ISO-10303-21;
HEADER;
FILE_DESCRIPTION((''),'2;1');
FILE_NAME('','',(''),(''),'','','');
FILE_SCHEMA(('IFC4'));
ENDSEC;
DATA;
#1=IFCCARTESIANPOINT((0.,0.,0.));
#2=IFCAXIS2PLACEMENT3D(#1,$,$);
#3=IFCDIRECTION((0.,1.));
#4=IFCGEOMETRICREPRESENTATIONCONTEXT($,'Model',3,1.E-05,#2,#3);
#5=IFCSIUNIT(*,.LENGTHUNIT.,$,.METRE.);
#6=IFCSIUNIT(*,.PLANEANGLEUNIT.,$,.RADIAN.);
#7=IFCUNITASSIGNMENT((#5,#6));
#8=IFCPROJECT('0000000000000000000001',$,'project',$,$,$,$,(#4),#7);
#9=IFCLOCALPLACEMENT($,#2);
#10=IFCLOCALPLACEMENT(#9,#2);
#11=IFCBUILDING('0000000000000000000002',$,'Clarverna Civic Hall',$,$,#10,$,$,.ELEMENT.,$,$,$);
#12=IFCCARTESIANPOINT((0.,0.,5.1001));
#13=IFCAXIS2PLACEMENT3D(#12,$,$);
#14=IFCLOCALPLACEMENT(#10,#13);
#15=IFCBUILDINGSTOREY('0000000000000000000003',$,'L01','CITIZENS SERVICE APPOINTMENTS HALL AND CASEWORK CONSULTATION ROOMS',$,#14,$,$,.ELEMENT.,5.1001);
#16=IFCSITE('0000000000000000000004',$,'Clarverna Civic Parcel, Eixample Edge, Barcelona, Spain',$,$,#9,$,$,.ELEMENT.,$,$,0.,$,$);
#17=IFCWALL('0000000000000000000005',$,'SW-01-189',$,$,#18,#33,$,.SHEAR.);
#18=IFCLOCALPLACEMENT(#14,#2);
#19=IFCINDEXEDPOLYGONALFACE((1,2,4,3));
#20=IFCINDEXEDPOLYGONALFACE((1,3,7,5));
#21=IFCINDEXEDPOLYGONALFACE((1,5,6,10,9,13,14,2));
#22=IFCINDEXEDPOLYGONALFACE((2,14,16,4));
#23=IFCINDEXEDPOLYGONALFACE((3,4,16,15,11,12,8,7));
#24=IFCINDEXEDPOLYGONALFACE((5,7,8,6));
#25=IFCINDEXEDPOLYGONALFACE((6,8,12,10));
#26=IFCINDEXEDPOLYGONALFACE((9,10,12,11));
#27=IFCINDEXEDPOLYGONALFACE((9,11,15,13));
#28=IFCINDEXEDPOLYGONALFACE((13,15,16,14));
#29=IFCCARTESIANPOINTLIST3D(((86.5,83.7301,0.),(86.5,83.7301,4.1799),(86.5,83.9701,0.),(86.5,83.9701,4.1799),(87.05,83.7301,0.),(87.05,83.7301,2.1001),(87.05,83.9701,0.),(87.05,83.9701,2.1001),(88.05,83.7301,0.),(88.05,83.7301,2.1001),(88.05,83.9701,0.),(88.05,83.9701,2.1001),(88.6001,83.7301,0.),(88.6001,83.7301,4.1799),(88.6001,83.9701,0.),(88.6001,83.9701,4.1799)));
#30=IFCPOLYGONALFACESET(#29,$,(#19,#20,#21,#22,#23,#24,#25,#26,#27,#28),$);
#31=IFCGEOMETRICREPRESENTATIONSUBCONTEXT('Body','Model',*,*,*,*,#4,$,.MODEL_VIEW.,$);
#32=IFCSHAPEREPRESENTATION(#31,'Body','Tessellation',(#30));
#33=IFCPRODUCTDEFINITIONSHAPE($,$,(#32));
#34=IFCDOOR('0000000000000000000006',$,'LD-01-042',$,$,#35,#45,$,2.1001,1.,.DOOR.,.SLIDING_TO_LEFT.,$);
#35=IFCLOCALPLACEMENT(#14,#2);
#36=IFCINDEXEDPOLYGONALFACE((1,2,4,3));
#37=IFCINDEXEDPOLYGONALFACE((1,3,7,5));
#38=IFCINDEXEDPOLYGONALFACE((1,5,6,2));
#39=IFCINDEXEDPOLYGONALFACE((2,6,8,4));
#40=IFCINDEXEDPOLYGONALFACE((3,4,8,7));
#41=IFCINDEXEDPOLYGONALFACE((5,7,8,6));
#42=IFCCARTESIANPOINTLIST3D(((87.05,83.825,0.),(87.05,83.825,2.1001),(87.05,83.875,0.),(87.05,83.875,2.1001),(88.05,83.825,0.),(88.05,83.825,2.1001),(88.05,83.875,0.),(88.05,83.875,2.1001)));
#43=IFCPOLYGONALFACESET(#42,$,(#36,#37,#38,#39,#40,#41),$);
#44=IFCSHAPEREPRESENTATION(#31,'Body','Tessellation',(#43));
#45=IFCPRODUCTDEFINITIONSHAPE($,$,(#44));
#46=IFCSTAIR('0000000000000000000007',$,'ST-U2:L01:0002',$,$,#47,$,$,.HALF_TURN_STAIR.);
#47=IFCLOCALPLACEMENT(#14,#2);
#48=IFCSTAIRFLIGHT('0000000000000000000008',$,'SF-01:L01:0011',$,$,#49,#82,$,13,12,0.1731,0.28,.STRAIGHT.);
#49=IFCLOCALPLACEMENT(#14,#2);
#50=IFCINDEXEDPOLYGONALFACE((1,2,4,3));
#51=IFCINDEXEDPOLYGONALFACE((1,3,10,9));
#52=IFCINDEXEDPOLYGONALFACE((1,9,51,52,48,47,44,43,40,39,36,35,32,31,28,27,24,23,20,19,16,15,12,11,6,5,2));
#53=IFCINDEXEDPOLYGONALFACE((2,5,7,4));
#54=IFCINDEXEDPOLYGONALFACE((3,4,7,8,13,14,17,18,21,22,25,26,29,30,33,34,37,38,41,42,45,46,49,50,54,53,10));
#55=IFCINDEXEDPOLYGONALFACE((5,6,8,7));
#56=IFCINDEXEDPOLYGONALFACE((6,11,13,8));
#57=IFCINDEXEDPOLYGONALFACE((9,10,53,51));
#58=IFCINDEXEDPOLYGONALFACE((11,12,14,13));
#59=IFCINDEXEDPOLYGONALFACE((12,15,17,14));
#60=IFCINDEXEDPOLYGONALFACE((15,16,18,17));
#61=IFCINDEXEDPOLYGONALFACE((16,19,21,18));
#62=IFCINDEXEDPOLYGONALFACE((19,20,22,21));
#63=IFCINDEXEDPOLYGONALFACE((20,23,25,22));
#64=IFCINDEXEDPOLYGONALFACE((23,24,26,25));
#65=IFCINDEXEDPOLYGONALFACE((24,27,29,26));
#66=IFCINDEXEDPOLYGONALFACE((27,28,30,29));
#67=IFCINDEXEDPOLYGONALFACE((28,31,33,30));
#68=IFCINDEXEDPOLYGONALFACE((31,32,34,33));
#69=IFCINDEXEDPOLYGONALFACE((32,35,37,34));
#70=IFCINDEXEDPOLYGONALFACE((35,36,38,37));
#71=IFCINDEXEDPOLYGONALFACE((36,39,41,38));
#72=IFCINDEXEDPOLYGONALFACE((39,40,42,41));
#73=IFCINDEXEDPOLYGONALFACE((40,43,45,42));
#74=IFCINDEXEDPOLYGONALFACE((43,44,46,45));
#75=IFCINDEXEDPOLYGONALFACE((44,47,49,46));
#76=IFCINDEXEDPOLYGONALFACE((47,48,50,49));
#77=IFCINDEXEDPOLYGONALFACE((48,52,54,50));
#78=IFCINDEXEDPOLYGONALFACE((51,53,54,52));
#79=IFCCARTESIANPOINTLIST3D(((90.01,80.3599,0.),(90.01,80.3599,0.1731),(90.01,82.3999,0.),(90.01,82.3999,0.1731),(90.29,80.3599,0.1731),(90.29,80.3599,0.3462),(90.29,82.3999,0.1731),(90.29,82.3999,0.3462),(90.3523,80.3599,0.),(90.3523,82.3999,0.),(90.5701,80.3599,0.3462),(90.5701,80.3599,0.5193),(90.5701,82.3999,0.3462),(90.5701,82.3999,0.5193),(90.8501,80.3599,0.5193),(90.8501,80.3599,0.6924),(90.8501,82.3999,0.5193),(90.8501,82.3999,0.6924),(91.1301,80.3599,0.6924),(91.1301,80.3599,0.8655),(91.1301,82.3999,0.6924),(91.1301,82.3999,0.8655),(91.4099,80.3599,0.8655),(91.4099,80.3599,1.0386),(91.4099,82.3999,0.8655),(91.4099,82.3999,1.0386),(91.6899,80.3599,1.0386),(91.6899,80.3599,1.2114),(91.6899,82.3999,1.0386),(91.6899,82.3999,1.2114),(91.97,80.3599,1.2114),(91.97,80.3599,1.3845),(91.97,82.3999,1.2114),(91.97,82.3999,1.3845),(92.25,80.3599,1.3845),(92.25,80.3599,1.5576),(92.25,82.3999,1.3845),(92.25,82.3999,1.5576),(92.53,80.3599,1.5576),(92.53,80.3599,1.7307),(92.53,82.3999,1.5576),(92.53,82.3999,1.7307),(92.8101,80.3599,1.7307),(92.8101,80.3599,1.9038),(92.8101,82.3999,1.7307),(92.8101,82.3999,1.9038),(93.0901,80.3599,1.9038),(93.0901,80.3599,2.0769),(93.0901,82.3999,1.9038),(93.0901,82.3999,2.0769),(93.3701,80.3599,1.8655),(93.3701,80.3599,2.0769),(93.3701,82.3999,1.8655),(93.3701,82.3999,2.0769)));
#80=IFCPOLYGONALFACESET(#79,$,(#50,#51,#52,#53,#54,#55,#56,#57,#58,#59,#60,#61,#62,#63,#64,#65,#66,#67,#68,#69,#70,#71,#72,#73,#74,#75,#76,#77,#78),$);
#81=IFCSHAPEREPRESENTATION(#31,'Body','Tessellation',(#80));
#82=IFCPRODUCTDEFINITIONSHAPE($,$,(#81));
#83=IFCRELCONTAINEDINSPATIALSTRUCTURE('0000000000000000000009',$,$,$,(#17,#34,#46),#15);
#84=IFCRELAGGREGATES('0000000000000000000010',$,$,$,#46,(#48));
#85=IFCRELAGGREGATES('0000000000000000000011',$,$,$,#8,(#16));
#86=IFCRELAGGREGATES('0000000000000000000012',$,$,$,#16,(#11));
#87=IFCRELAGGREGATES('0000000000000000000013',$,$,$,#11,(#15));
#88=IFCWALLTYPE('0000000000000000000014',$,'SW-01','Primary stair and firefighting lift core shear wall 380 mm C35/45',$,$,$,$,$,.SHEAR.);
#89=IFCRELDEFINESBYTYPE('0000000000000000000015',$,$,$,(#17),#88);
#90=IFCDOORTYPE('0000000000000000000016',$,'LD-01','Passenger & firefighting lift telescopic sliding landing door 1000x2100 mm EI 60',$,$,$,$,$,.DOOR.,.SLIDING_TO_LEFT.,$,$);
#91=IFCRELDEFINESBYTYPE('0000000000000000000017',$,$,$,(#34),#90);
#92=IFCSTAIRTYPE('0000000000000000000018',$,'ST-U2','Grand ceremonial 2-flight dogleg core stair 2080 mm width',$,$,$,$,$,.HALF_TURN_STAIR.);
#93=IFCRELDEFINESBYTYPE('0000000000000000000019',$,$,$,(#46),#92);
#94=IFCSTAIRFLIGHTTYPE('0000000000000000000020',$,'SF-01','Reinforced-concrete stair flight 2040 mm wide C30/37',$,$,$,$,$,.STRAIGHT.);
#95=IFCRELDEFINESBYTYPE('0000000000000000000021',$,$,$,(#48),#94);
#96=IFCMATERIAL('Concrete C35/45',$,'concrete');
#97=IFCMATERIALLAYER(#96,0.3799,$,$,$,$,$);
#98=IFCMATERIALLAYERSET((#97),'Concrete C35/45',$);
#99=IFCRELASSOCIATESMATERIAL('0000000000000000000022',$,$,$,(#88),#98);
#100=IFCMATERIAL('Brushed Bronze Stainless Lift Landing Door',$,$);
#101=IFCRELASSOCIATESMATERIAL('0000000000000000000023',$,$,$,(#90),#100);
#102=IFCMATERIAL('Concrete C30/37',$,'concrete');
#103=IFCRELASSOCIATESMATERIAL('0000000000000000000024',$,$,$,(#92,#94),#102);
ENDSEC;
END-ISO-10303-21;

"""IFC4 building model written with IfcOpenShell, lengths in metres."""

from ifc_helpers import new_model, si_unit, direction, frame, frame_2d, origin, place, context, subcontext, project, spatial, polyline, rectangle, outline, extrude, material, layer, layer_set, type_object, element, fill, aggregate, save


model = new_model("IFC4")

# Units and contexts
model_context = context("Model", 3, precision=1e-05, world=origin(), true_north=direction((0.0, 1.0)))
body_context = subcontext(model_context, "Body", "Model", "MODEL_VIEW")
ifc_project = project(units=[si_unit("LENGTHUNIT", "METRE"), si_unit("PLANEANGLEUNIT", "RADIAN")], contexts=[model_context])

# Site, building, storey
site_placement = place(None, origin())
site = spatial("IfcSite", under=ifc_project, at=site_placement, Name="Clarverna Civic Parcel, Eixample Edge, Barcelona, Spain", CompositionType="ELEMENT", RefElevation=0.0)
building_placement = place(site_placement, origin())
building = spatial("IfcBuilding", under=site, at=building_placement, Name="Clarverna Civic Hall", CompositionType="ELEMENT")
storey_placement = place(building_placement, frame((0.0, 0.0, 5.1001)))
storey = spatial("IfcBuildingStorey", under=building, at=storey_placement, Name="L01", Description="CITIZENS SERVICE APPOINTMENTS HALL AND CASEWORK CONSULTATION ROOMS", CompositionType="ELEMENT", Elevation=5.1001)

# Shared definitions
ifc_material_1 = material(Name="Concrete C35/45", Category="concrete")

# Shared definitions
ifc_layer_1 = layer(ifc_material_1, 0.3799)
ifc_layer_set_1 = layer_set([ifc_layer_1], Name="Concrete C35/45")
wall_type_1 = type_object("IfcWallType", Name="SW-01", Description="Primary stair and firefighting lift core shear wall 380 mm C35/45", PredefinedType="SHEAR", material=ifc_layer_set_1)

# Wall, opening, door
ifc_material_2 = material(Name="Brushed Bronze Stainless Lift Landing Door")
door_type_1 = type_object("IfcDoorType", Name="LD-01", Description="Passenger & firefighting lift telescopic sliding landing door 1000x2100 mm EI 60", OperationType="SLIDING_TO_LEFT", PredefinedType="DOOR", material=ifc_material_2)
wall_1_placement = place(storey_placement, frame((86.5, 83.8501, 0.0), z_axis=(0.0, 0.0, 1.0), x_axis=(1.0, 0.0, 0.0)))
wall_1 = element("IfcWall", 1, at=wall_1_placement, inside=storey, type_object=wall_type_1, Name="SW-01-189", PredefinedType="SHEAR", context=body_context, shape_type="SweptSolid", body=[
    extrude(rectangle(XDim=2.1001, YDim=0.24, at=frame_2d((1.05, 0.0))), origin(), (0.0, 0.0, 1.0), 4.1799),
])
opening_1_placement = place(wall_1_placement, frame((0.55, 0.0, 0.0)))
opening_1 = element("IfcOpeningElement", 2, at=opening_1_placement, cuts=wall_1, PredefinedType="OPENING", context=body_context, shape_type="SweptSolid", body=[
    extrude(rectangle(XDim=1.0, YDim=2.1001, at=frame_2d((0.5, 1.05))), frame((0.0, 0.1299, 0.0), z_axis=(0.0, -1.0, 0.0), x_axis=(1.0, 0.0, 0.0)), (0.0, 0.0, 1.0), 0.26),
])
door_1_placement = place(opening_1_placement, origin())
door_1 = element("IfcDoor", 3, at=door_1_placement, inside=storey, type_object=door_type_1, Name="LD-01-042", OperationType="SLIDING_TO_LEFT", OverallHeight=2.1001, OverallWidth=1.0, PredefinedType="DOOR", context=body_context, shape_type="SweptSolid", body=[
    extrude(rectangle(XDim=1.0, YDim=2.1001, at=frame_2d((0.5, 1.05))), frame((0.0, 0.0249, 0.0), z_axis=(0.0, -1.0, 0.0), x_axis=(1.0, 0.0, 0.0)), (0.0, 0.0, 1.0), 0.05),
])
fill(opening_1, door_1)

# Stair, stair flight
ifc_material_3 = material(Name="Concrete C30/37", Category="concrete")
stair_type = type_object("IfcStairType", Name="ST-U2", Description="Grand ceremonial 2-flight dogleg core stair 2080 mm width", PredefinedType="HALF_TURN_STAIR", material=ifc_material_3)
stair_placement = place(storey_placement, origin())
stair = element("IfcStair", 4, at=stair_placement, inside=storey, type_object=stair_type, Name="ST-U2:L01:0002", PredefinedType="HALF_TURN_STAIR")
stair_flight_type = type_object("IfcStairFlightType", Name="SF-01", Description="Reinforced-concrete stair flight 2040 mm wide C30/37", PredefinedType="STRAIGHT", material=ifc_material_3)
stair_flight_placement = place(storey_placement, frame((90.01, 81.3799, 0.0), z_axis=(0.0, 0.0, 1.0), x_axis=(1.0, 0.0, 0.0)))
stair_flight = element("IfcStairFlight", 5, at=stair_flight_placement, type_object=stair_flight_type, Name="SF-01:L01:0011", NumberOfRisers=13, NumberOfTreads=12, PredefinedType="STRAIGHT", RiserHeight=0.1731, TreadLength=0.28, context=body_context, shape_type="SweptSolid", body=[
    extrude(outline(polyline([(0.0, 0.0), (0.0, 0.1731), (0.28, 0.1731), (0.28, 0.3462), (0.5601, 0.3462), (0.5601, 0.5193), (0.8401, 0.5193), (0.8401, 0.6924), (1.1201, 0.6924), (1.1201, 0.8655), (1.3999, 0.8655), (1.3999, 1.0386), (1.6799, 1.0386), (1.6799, 1.2114), (1.96, 1.2114), (1.96, 1.3845), (2.24, 1.3845), (2.24, 1.5576), (2.52, 1.5576), (2.52, 1.7307), (2.8, 1.7307), (2.8, 1.9038), (3.0801, 1.9038), (3.0801, 2.0769), (3.3601, 2.0769), (3.3601, 2.25), (3.3601, 1.8655), (0.3423, 0.0), (0.0, 0.0)])), frame((0.0, 1.02, 0.0), z_axis=(0.0, -1.0, 0.0), x_axis=(1.0, 0.0, 0.0)), (0.0, 0.0, 1.0), 2.04),
])
aggregate(stair, [stair_flight])

save(model, "model.ifc")
